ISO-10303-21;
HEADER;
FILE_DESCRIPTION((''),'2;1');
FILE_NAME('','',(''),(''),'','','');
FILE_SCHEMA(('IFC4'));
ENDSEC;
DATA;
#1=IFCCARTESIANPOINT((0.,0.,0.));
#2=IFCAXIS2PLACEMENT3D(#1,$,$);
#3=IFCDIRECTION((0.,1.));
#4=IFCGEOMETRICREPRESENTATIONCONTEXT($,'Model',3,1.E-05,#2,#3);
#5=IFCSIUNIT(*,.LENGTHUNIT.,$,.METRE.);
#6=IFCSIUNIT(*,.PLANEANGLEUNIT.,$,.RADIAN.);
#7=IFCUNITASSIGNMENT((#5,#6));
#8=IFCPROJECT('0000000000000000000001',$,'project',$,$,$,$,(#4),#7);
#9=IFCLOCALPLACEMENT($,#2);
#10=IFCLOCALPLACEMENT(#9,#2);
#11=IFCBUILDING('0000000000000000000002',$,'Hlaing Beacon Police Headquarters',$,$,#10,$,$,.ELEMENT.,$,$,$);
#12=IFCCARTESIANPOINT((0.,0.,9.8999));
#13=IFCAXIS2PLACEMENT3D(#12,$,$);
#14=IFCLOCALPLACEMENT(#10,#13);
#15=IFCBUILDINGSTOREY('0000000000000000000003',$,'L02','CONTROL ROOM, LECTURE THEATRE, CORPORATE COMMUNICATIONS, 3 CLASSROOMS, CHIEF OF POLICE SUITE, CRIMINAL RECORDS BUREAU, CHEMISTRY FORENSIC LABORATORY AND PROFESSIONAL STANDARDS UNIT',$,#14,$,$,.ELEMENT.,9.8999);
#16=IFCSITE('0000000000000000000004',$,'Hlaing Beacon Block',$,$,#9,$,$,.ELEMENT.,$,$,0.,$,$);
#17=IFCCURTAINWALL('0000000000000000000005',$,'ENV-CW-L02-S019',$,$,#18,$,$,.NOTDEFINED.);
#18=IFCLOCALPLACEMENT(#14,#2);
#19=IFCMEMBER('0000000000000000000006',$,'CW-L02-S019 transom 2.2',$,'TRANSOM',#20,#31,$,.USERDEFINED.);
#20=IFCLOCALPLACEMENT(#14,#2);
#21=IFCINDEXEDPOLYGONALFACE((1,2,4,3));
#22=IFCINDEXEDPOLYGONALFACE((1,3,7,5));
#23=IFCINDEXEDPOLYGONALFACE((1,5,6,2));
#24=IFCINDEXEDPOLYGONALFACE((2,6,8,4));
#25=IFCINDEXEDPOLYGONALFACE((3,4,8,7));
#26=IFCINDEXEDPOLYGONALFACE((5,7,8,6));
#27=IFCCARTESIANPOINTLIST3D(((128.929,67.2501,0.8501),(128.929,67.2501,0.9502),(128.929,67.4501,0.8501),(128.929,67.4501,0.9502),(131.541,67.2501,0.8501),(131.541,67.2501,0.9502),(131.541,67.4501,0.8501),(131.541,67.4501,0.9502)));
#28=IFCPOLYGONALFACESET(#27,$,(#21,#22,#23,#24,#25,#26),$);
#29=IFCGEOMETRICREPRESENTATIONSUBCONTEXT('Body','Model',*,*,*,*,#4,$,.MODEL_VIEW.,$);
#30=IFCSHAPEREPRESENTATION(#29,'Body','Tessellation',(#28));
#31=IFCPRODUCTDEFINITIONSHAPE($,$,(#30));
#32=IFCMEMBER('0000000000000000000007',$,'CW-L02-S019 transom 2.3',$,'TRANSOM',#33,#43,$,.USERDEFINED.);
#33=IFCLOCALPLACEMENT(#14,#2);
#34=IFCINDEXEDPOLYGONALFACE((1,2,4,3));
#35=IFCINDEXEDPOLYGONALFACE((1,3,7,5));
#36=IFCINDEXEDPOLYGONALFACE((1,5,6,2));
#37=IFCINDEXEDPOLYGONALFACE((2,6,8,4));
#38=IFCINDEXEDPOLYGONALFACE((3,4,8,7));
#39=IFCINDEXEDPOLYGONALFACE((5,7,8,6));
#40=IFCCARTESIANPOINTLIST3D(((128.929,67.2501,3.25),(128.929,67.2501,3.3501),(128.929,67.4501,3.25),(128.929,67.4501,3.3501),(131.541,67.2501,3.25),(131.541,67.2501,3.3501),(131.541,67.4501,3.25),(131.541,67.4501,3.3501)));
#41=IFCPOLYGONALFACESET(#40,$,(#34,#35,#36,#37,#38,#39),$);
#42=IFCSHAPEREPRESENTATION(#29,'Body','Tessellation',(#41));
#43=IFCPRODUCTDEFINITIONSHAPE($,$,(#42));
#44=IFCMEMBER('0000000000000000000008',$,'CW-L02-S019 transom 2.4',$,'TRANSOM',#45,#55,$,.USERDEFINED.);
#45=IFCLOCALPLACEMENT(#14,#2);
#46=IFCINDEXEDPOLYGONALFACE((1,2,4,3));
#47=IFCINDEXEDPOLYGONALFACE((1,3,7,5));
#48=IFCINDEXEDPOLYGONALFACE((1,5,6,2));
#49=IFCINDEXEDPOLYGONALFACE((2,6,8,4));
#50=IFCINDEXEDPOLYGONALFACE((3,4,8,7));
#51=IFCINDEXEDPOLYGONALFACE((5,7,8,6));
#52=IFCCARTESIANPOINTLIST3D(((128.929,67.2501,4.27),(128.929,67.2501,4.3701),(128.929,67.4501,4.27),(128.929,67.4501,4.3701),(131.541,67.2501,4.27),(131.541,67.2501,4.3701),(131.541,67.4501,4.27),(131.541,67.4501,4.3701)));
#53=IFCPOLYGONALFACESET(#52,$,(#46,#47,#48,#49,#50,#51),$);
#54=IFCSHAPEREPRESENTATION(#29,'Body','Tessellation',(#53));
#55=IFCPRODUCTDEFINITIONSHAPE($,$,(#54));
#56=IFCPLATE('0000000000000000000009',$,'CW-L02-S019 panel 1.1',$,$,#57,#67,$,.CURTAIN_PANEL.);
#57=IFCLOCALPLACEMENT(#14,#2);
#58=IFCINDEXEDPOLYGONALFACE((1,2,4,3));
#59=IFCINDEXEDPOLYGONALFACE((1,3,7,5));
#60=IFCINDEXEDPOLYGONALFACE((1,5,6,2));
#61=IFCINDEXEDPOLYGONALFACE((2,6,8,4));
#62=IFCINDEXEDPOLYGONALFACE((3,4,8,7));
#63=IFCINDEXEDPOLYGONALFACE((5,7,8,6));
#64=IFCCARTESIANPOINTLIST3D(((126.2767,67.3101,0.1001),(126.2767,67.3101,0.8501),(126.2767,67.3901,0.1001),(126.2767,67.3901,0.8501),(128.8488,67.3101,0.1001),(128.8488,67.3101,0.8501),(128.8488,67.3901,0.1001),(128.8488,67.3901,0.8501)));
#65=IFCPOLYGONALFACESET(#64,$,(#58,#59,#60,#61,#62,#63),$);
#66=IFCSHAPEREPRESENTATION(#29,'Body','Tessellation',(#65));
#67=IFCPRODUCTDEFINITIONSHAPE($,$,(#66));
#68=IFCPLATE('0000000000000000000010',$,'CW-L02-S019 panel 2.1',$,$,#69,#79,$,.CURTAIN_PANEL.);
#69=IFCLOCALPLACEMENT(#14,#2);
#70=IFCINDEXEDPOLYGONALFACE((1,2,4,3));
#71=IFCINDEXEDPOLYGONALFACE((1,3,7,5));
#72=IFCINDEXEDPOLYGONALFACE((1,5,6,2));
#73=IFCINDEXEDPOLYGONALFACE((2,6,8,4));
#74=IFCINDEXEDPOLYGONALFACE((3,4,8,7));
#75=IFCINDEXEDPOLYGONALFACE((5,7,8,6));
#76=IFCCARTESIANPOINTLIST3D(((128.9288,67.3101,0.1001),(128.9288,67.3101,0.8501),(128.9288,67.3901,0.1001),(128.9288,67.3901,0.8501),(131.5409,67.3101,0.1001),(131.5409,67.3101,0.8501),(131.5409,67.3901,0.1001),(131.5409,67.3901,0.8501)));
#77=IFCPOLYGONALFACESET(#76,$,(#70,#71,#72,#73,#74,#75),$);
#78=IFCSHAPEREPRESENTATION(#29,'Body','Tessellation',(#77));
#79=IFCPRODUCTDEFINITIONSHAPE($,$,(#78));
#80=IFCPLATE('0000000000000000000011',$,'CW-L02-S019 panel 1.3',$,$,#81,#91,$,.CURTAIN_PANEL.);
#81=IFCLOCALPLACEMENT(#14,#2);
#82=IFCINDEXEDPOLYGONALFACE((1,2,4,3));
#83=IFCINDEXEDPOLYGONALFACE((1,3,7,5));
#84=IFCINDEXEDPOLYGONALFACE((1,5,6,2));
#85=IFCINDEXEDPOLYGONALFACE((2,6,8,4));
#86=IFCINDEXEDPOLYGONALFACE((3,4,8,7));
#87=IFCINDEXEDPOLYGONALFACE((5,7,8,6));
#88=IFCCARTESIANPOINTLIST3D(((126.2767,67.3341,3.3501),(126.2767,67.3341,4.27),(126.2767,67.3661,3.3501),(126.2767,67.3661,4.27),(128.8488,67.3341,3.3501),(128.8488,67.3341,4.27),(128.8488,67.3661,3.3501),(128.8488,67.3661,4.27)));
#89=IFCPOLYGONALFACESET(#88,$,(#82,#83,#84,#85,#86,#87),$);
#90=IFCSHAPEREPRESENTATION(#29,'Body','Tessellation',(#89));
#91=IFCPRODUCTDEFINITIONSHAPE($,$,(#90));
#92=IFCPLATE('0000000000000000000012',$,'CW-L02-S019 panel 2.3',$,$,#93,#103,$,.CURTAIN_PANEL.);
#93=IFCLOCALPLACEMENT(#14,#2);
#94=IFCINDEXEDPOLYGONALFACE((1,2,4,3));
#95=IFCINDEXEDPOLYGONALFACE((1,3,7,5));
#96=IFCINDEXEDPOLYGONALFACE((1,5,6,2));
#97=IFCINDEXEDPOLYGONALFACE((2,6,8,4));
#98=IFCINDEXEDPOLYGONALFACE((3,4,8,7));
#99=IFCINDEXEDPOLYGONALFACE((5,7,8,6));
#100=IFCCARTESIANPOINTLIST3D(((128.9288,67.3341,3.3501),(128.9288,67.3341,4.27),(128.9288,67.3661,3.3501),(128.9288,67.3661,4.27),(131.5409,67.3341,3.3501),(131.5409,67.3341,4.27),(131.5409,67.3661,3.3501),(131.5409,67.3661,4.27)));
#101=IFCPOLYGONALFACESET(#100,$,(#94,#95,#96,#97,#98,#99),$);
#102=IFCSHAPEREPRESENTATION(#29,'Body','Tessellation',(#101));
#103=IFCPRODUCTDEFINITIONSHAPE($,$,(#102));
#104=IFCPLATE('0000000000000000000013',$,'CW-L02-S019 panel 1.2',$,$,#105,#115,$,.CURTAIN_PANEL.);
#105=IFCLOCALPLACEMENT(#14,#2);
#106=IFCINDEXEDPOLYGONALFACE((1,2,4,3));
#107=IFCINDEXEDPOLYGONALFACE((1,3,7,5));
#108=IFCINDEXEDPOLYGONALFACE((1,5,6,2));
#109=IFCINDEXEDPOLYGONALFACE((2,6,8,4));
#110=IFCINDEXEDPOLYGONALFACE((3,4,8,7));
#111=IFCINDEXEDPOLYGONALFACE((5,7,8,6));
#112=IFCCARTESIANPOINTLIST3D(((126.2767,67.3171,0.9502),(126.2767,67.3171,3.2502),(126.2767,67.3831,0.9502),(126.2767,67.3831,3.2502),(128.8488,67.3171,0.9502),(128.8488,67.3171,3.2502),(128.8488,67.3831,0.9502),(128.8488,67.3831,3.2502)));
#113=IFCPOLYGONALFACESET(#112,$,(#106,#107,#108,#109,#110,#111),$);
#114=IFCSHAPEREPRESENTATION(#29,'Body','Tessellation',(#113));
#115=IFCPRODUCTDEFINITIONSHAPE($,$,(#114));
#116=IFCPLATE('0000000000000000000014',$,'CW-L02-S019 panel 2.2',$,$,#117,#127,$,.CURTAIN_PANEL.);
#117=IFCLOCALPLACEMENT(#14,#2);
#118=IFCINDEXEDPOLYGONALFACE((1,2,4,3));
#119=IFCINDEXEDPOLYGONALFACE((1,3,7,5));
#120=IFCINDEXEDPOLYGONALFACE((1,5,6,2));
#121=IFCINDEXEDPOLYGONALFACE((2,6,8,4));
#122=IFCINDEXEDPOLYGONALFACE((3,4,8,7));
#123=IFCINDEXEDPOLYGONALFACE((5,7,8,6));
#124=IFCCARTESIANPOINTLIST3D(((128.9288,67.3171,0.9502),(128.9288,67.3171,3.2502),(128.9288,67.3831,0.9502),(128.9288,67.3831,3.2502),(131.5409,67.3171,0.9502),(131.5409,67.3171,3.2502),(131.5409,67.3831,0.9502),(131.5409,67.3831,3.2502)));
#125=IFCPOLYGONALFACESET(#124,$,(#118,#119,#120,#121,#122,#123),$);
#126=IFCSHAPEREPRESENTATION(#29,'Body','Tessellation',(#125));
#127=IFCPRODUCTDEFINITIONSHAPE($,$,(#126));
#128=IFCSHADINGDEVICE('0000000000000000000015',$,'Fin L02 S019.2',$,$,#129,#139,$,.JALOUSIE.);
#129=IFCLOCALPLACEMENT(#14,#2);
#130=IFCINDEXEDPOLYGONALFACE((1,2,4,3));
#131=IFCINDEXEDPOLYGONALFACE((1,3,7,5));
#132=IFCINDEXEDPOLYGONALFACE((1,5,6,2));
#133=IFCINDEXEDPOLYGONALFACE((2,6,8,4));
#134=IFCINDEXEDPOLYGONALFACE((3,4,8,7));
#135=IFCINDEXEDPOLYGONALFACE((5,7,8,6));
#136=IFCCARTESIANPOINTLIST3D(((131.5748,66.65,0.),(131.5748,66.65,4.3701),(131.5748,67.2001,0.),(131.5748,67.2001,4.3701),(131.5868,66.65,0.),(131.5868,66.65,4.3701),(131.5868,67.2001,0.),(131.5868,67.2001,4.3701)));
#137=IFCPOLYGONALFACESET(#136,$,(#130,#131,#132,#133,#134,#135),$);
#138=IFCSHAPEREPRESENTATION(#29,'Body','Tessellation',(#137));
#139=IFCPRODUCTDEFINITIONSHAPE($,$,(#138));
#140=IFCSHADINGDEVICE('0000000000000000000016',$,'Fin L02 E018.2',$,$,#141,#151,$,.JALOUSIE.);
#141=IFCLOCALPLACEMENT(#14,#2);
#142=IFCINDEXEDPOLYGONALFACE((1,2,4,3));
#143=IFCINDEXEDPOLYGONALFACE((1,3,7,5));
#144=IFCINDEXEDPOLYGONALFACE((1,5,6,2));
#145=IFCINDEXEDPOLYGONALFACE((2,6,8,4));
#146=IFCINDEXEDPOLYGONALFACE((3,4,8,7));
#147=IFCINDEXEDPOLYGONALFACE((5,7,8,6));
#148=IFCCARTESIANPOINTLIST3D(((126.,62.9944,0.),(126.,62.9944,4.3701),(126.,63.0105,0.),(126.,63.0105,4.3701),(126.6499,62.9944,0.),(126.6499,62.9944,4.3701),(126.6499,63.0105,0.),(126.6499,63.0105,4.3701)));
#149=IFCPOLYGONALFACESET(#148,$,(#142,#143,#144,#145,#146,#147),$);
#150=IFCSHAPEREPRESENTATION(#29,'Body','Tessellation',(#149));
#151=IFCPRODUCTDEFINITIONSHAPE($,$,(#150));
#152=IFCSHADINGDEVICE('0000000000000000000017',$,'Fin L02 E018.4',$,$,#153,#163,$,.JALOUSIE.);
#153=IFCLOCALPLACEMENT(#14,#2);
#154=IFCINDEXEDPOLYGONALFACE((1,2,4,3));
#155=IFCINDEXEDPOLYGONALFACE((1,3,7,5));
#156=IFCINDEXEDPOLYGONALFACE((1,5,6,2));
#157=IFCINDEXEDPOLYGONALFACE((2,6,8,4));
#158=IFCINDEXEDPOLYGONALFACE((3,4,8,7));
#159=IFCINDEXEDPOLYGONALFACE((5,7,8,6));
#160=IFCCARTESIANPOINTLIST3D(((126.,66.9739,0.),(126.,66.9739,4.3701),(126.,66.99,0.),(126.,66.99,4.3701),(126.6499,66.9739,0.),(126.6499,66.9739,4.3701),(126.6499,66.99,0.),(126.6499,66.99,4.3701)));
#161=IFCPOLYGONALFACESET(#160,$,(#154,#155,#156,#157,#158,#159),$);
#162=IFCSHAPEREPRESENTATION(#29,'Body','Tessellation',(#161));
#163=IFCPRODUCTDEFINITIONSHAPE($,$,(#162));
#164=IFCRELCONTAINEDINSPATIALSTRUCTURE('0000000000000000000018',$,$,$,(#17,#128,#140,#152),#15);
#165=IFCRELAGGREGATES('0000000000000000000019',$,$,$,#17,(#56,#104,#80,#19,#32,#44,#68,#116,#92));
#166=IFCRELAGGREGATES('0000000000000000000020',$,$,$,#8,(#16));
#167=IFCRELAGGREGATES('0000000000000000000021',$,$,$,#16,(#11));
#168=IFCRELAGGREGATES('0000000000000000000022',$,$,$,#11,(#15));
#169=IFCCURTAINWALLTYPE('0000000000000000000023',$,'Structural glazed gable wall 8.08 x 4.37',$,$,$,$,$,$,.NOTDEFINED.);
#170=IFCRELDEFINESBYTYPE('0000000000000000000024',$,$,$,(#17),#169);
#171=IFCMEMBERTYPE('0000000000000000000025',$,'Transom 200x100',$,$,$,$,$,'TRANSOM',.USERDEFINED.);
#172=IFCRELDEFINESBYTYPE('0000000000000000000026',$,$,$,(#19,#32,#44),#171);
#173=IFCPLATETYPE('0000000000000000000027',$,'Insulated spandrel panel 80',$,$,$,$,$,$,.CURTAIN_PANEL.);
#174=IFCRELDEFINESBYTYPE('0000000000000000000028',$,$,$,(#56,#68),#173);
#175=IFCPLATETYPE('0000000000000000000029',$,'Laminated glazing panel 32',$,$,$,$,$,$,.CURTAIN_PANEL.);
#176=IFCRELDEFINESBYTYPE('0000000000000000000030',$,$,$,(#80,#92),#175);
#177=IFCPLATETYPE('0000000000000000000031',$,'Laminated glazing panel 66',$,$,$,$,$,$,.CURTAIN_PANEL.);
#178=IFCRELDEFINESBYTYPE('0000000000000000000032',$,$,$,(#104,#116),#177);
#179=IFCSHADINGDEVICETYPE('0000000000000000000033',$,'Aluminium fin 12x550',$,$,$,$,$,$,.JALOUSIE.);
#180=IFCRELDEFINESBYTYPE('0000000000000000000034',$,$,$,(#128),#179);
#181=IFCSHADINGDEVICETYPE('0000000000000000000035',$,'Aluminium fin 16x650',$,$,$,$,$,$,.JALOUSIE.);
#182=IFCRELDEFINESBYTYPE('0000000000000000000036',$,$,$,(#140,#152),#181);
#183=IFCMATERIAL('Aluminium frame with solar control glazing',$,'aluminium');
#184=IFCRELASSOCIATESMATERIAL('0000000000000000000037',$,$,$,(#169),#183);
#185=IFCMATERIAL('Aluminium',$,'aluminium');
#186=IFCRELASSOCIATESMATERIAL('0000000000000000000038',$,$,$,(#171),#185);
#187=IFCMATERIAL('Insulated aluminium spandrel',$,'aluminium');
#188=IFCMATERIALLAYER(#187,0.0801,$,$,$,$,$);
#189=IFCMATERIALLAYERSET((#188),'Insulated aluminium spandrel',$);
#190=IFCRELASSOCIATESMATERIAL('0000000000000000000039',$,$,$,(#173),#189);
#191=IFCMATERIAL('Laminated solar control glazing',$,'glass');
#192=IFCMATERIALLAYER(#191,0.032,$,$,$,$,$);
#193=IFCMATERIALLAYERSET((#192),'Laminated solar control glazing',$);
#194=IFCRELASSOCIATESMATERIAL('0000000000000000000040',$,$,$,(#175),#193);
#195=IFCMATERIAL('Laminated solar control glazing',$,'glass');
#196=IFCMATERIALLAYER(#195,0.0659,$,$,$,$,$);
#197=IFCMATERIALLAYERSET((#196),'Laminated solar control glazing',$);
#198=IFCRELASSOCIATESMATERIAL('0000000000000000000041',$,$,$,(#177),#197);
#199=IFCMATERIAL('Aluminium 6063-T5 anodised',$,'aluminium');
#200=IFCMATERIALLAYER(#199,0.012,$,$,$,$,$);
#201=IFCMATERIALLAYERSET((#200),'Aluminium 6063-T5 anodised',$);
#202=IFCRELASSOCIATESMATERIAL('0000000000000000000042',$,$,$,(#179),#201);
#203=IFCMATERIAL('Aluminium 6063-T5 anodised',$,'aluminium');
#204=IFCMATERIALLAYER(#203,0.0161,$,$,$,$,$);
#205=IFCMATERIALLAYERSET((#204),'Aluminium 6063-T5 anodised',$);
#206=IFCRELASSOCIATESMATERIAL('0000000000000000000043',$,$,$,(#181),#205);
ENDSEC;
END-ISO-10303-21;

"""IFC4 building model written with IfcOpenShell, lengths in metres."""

from ifc_helpers import new_model, si_unit, direction, frame, origin, origin_2d, place, context, subcontext, project, spatial, rectangle, extrude, material, layer, layer_set, material_profile, profile_set, type_object, element, aggregate, save


model = new_model("IFC4")

# Units and contexts
model_context = context("Model", 3, precision=1e-05, world=origin(), true_north=direction((0.0, 1.0)))
body_context = subcontext(model_context, "Body", "Model", "MODEL_VIEW")
ifc_project = project(units=[si_unit("LENGTHUNIT", "METRE"), si_unit("PLANEANGLEUNIT", "RADIAN")], contexts=[model_context])

# Site, building, storey
site_placement = place(None, origin())
site = spatial("IfcSite", under=ifc_project, at=site_placement, Name="Hlaing Beacon Block", CompositionType="ELEMENT", RefElevation=0.0)
building_placement = place(site_placement, origin())
building = spatial("IfcBuilding", under=site, at=building_placement, Name="Hlaing Beacon Police Headquarters", CompositionType="ELEMENT")
storey_placement = place(building_placement, frame((0.0, 0.0, 9.8999)))
storey = spatial("IfcBuildingStorey", under=building, at=storey_placement, Name="L02", Description="CONTROL ROOM, LECTURE THEATRE, CORPORATE COMMUNICATIONS, 3 CLASSROOMS, CHIEF OF POLICE SUITE, CRIMINAL RECORDS BUREAU, CHEMISTRY FORENSIC LABORATORY AND PROFESSIONAL STANDARDS UNIT", CompositionType="ELEMENT", Elevation=9.8999)

# Curtain wall
ifc_material_1 = material(Name="Aluminium frame with solar control glazing", Category="aluminium")
curtain_wall_type = type_object("IfcCurtainWallType", Name="Structural glazed gable wall 8.08 x 4.37", PredefinedType="NOTDEFINED", material=ifc_material_1)
curtain_wall_placement = place(storey_placement, origin())
curtain_wall = element("IfcCurtainWall", 1, at=curtain_wall_placement, inside=storey, type_object=curtain_wall_type, Name="ENV-CW-L02-S019", PredefinedType="NOTDEFINED")

# Members
ifc_material_2 = material(Name="Aluminium", Category="aluminium")
ifc_material_profile_1 = material_profile(ifc_material_2, rectangle(XDim=0.2, YDim=0.1001, at=origin_2d()), Name="Transom 200x100")
ifc_profile_set_1 = profile_set([ifc_material_profile_1], Name="Aluminium")
member_type_1 = type_object("IfcMemberType", Name="Transom 200x100", ElementType="TRANSOM", PredefinedType="USERDEFINED", material=ifc_profile_set_1)
member_1_placement = place(storey_placement, frame((128.929, 67.3501, 0.9001), z_axis=(1.0, 0.0, 0.0), x_axis=(0.0, 1.0, 0.0)))
member_1 = element("IfcMember", 2, at=member_1_placement, type_object=member_type_1, Name="CW-L02-S019 transom 2.2", ObjectType="TRANSOM", PredefinedType="USERDEFINED", context=body_context, shape_type="SweptSolid", body=[
    extrude(rectangle(XDim=0.2, YDim=0.1001, at=origin_2d()), origin(), (0.0, 0.0, 1.0), 2.6121),
])
member_2_placement = place(storey_placement, frame((128.929, 67.3501, 3.3), z_axis=(1.0, 0.0, 0.0), x_axis=(0.0, 1.0, 0.0)))
member_2 = element("IfcMember", 3, at=member_2_placement, type_object=member_type_1, Name="CW-L02-S019 transom 2.3", ObjectType="TRANSOM", PredefinedType="USERDEFINED", context=body_context, shape_type="SweptSolid", body=[
    extrude(rectangle(XDim=0.2, YDim=0.1001, at=origin_2d()), origin(), (0.0, 0.0, 1.0), 2.6121),
])
member_3_placement = place(storey_placement, frame((128.929, 67.3501, 4.3201), z_axis=(1.0, 0.0, 0.0), x_axis=(0.0, 1.0, 0.0)))
member_3 = element("IfcMember", 4, at=member_3_placement, type_object=member_type_1, Name="CW-L02-S019 transom 2.4", ObjectType="TRANSOM", PredefinedType="USERDEFINED", context=body_context, shape_type="SweptSolid", body=[
    extrude(rectangle(XDim=0.2, YDim=0.1001, at=origin_2d()), origin(), (0.0, 0.0, 1.0), 2.6121),
])

# Plates
ifc_material_3 = material(Name="Insulated aluminium spandrel", Category="aluminium")
ifc_layer_1 = layer(ifc_material_3, 0.0801)
ifc_layer_set_1 = layer_set([ifc_layer_1], Name="Insulated aluminium spandrel")
plate_type_1 = type_object("IfcPlateType", Name="Insulated spandrel panel 80", PredefinedType="CURTAIN_PANEL", material=ifc_layer_set_1)
plate_1_placement = place(storey_placement, frame((127.5627, 67.3501, 0.1001), z_axis=(0.0, 0.0, 1.0), x_axis=(1.0, 0.0, 0.0)))
plate_1 = element("IfcPlate", 5, at=plate_1_placement, type_object=plate_type_1, Name="CW-L02-S019 panel 1.1", PredefinedType="CURTAIN_PANEL", context=body_context, shape_type="SweptSolid", body=[
    extrude(rectangle(XDim=2.572, YDim=0.0801, at=origin_2d()), origin(), (0.0, 0.0, 1.0), 0.75),
])
plate_2_placement = place(storey_placement, frame((130.2349, 67.3501, 0.1001), z_axis=(0.0, 0.0, 1.0), x_axis=(1.0, 0.0, 0.0)))
plate_2 = element("IfcPlate", 6, at=plate_2_placement, type_object=plate_type_1, Name="CW-L02-S019 panel 2.1", PredefinedType="CURTAIN_PANEL", context=body_context, shape_type="SweptSolid", body=[
    extrude(rectangle(XDim=2.6121, YDim=0.0801, at=origin_2d()), origin(), (0.0, 0.0, 1.0), 0.75),
])
ifc_material_4 = material(Name="Laminated solar control glazing", Category="glass")
ifc_layer_2 = layer(ifc_material_4, 0.032)
ifc_layer_set_2 = layer_set([ifc_layer_2], Name="Laminated solar control glazing")
plate_type_2 = type_object("IfcPlateType", Name="Laminated glazing panel 32", PredefinedType="CURTAIN_PANEL", material=ifc_layer_set_2)
plate_3_placement = place(storey_placement, frame((127.5627, 67.3501, 3.3501), z_axis=(0.0, 0.0, 1.0), x_axis=(1.0, 0.0, 0.0)))
plate_3 = element("IfcPlate", 7, at=plate_3_placement, type_object=plate_type_2, Name="CW-L02-S019 panel 1.3", PredefinedType="CURTAIN_PANEL", context=body_context, shape_type="SweptSolid", body=[
    extrude(rectangle(XDim=2.572, YDim=0.032, at=origin_2d()), origin(), (0.0, 0.0, 1.0), 0.9199),
])
plate_4_placement = place(storey_placement, frame((130.2349, 67.3501, 3.3501), z_axis=(0.0, 0.0, 1.0), x_axis=(1.0, 0.0, 0.0)))
plate_4 = element("IfcPlate", 8, at=plate_4_placement, type_object=plate_type_2, Name="CW-L02-S019 panel 2.3", PredefinedType="CURTAIN_PANEL", context=body_context, shape_type="SweptSolid", body=[
    extrude(rectangle(XDim=2.6121, YDim=0.032, at=origin_2d()), origin(), (0.0, 0.0, 1.0), 0.9199),
])
ifc_material_5 = material(Name="Laminated solar control glazing", Category="glass")
ifc_layer_3 = layer(ifc_material_5, 0.0659)
ifc_layer_set_3 = layer_set([ifc_layer_3], Name="Laminated solar control glazing")
plate_type_3 = type_object("IfcPlateType", Name="Laminated glazing panel 66", PredefinedType="CURTAIN_PANEL", material=ifc_layer_set_3)
plate_5_placement = place(storey_placement, frame((127.5627, 67.3501, 0.9502), z_axis=(0.0, 0.0, 1.0), x_axis=(1.0, 0.0, 0.0)))
plate_5 = element("IfcPlate", 9, at=plate_5_placement, type_object=plate_type_3, Name="CW-L02-S019 panel 1.2", PredefinedType="CURTAIN_PANEL", context=body_context, shape_type="SweptSolid", body=[
    extrude(rectangle(XDim=2.572, YDim=0.0659, at=origin_2d()), origin(), (0.0, 0.0, 1.0), 2.3),
])
plate_6_placement = place(storey_placement, frame((130.2349, 67.3501, 0.9502), z_axis=(0.0, 0.0, 1.0), x_axis=(1.0, 0.0, 0.0)))
plate_6 = element("IfcPlate", 10, at=plate_6_placement, type_object=plate_type_3, Name="CW-L02-S019 panel 2.2", PredefinedType="CURTAIN_PANEL", context=body_context, shape_type="SweptSolid", body=[
    extrude(rectangle(XDim=2.6121, YDim=0.0659, at=origin_2d()), origin(), (0.0, 0.0, 1.0), 2.3),
])
aggregate(curtain_wall, [plate_1, plate_5, plate_3, member_1, member_2, member_3, plate_2, plate_6, plate_4])

# Shading devices
ifc_material_6 = material(Name="Aluminium 6063-T5 anodised", Category="aluminium")
ifc_layer_4 = layer(ifc_material_6, 0.012)
ifc_layer_set_4 = layer_set([ifc_layer_4], Name="Aluminium 6063-T5 anodised")
shading_device_type_1 = type_object("IfcShadingDeviceType", Name="Aluminium fin 12x550", PredefinedType="JALOUSIE", material=ifc_layer_set_4)
shading_device_placement = place(storey_placement, frame((131.5808, 66.925, 0.0), z_axis=(0.0, 0.0, 1.0), x_axis=(1.0, 0.0, 0.0)))
element("IfcShadingDevice", 11, at=shading_device_placement, inside=storey, type_object=shading_device_type_1, Name="Fin L02 S019.2", PredefinedType="JALOUSIE", context=body_context, shape_type="SweptSolid", body=[
    extrude(rectangle(XDim=0.012, YDim=0.55, at=origin_2d()), origin(), (0.0, 0.0, 1.0), 4.3701),
])
ifc_material_7 = material(Name="Aluminium 6063-T5 anodised", Category="aluminium")
ifc_layer_5 = layer(ifc_material_7, 0.0161)
ifc_layer_set_5 = layer_set([ifc_layer_5], Name="Aluminium 6063-T5 anodised")
shading_device_type_2 = type_object("IfcShadingDeviceType", Name="Aluminium fin 16x650", PredefinedType="JALOUSIE", material=ifc_layer_set_5)
for number, where, z_axis, x_axis, name in (
    (12, (126.325, 63.0024, 0.0), (0.0, 0.0, 1.0), (0.0, 1.0, 0.0), "Fin L02 E018.2"),
    (13, (126.325, 66.9819, 0.0), (0.0, 0.0, 1.0), (0.0, 1.0, 0.0), "Fin L02 E018.4"),
):
    element("IfcShadingDevice", number, at=place(storey_placement, frame(where, z_axis=z_axis, x_axis=x_axis)), inside=storey, type_object=shading_device_type_2, Name=name, PredefinedType="JALOUSIE", context=body_context, shape_type="SweptSolid", body=[
        extrude(rectangle(XDim=0.0161, YDim=0.6499, at=origin_2d()), origin(), (0.0, 0.0, 1.0), 4.3701),
    ])

save(model, "model.ifc")
